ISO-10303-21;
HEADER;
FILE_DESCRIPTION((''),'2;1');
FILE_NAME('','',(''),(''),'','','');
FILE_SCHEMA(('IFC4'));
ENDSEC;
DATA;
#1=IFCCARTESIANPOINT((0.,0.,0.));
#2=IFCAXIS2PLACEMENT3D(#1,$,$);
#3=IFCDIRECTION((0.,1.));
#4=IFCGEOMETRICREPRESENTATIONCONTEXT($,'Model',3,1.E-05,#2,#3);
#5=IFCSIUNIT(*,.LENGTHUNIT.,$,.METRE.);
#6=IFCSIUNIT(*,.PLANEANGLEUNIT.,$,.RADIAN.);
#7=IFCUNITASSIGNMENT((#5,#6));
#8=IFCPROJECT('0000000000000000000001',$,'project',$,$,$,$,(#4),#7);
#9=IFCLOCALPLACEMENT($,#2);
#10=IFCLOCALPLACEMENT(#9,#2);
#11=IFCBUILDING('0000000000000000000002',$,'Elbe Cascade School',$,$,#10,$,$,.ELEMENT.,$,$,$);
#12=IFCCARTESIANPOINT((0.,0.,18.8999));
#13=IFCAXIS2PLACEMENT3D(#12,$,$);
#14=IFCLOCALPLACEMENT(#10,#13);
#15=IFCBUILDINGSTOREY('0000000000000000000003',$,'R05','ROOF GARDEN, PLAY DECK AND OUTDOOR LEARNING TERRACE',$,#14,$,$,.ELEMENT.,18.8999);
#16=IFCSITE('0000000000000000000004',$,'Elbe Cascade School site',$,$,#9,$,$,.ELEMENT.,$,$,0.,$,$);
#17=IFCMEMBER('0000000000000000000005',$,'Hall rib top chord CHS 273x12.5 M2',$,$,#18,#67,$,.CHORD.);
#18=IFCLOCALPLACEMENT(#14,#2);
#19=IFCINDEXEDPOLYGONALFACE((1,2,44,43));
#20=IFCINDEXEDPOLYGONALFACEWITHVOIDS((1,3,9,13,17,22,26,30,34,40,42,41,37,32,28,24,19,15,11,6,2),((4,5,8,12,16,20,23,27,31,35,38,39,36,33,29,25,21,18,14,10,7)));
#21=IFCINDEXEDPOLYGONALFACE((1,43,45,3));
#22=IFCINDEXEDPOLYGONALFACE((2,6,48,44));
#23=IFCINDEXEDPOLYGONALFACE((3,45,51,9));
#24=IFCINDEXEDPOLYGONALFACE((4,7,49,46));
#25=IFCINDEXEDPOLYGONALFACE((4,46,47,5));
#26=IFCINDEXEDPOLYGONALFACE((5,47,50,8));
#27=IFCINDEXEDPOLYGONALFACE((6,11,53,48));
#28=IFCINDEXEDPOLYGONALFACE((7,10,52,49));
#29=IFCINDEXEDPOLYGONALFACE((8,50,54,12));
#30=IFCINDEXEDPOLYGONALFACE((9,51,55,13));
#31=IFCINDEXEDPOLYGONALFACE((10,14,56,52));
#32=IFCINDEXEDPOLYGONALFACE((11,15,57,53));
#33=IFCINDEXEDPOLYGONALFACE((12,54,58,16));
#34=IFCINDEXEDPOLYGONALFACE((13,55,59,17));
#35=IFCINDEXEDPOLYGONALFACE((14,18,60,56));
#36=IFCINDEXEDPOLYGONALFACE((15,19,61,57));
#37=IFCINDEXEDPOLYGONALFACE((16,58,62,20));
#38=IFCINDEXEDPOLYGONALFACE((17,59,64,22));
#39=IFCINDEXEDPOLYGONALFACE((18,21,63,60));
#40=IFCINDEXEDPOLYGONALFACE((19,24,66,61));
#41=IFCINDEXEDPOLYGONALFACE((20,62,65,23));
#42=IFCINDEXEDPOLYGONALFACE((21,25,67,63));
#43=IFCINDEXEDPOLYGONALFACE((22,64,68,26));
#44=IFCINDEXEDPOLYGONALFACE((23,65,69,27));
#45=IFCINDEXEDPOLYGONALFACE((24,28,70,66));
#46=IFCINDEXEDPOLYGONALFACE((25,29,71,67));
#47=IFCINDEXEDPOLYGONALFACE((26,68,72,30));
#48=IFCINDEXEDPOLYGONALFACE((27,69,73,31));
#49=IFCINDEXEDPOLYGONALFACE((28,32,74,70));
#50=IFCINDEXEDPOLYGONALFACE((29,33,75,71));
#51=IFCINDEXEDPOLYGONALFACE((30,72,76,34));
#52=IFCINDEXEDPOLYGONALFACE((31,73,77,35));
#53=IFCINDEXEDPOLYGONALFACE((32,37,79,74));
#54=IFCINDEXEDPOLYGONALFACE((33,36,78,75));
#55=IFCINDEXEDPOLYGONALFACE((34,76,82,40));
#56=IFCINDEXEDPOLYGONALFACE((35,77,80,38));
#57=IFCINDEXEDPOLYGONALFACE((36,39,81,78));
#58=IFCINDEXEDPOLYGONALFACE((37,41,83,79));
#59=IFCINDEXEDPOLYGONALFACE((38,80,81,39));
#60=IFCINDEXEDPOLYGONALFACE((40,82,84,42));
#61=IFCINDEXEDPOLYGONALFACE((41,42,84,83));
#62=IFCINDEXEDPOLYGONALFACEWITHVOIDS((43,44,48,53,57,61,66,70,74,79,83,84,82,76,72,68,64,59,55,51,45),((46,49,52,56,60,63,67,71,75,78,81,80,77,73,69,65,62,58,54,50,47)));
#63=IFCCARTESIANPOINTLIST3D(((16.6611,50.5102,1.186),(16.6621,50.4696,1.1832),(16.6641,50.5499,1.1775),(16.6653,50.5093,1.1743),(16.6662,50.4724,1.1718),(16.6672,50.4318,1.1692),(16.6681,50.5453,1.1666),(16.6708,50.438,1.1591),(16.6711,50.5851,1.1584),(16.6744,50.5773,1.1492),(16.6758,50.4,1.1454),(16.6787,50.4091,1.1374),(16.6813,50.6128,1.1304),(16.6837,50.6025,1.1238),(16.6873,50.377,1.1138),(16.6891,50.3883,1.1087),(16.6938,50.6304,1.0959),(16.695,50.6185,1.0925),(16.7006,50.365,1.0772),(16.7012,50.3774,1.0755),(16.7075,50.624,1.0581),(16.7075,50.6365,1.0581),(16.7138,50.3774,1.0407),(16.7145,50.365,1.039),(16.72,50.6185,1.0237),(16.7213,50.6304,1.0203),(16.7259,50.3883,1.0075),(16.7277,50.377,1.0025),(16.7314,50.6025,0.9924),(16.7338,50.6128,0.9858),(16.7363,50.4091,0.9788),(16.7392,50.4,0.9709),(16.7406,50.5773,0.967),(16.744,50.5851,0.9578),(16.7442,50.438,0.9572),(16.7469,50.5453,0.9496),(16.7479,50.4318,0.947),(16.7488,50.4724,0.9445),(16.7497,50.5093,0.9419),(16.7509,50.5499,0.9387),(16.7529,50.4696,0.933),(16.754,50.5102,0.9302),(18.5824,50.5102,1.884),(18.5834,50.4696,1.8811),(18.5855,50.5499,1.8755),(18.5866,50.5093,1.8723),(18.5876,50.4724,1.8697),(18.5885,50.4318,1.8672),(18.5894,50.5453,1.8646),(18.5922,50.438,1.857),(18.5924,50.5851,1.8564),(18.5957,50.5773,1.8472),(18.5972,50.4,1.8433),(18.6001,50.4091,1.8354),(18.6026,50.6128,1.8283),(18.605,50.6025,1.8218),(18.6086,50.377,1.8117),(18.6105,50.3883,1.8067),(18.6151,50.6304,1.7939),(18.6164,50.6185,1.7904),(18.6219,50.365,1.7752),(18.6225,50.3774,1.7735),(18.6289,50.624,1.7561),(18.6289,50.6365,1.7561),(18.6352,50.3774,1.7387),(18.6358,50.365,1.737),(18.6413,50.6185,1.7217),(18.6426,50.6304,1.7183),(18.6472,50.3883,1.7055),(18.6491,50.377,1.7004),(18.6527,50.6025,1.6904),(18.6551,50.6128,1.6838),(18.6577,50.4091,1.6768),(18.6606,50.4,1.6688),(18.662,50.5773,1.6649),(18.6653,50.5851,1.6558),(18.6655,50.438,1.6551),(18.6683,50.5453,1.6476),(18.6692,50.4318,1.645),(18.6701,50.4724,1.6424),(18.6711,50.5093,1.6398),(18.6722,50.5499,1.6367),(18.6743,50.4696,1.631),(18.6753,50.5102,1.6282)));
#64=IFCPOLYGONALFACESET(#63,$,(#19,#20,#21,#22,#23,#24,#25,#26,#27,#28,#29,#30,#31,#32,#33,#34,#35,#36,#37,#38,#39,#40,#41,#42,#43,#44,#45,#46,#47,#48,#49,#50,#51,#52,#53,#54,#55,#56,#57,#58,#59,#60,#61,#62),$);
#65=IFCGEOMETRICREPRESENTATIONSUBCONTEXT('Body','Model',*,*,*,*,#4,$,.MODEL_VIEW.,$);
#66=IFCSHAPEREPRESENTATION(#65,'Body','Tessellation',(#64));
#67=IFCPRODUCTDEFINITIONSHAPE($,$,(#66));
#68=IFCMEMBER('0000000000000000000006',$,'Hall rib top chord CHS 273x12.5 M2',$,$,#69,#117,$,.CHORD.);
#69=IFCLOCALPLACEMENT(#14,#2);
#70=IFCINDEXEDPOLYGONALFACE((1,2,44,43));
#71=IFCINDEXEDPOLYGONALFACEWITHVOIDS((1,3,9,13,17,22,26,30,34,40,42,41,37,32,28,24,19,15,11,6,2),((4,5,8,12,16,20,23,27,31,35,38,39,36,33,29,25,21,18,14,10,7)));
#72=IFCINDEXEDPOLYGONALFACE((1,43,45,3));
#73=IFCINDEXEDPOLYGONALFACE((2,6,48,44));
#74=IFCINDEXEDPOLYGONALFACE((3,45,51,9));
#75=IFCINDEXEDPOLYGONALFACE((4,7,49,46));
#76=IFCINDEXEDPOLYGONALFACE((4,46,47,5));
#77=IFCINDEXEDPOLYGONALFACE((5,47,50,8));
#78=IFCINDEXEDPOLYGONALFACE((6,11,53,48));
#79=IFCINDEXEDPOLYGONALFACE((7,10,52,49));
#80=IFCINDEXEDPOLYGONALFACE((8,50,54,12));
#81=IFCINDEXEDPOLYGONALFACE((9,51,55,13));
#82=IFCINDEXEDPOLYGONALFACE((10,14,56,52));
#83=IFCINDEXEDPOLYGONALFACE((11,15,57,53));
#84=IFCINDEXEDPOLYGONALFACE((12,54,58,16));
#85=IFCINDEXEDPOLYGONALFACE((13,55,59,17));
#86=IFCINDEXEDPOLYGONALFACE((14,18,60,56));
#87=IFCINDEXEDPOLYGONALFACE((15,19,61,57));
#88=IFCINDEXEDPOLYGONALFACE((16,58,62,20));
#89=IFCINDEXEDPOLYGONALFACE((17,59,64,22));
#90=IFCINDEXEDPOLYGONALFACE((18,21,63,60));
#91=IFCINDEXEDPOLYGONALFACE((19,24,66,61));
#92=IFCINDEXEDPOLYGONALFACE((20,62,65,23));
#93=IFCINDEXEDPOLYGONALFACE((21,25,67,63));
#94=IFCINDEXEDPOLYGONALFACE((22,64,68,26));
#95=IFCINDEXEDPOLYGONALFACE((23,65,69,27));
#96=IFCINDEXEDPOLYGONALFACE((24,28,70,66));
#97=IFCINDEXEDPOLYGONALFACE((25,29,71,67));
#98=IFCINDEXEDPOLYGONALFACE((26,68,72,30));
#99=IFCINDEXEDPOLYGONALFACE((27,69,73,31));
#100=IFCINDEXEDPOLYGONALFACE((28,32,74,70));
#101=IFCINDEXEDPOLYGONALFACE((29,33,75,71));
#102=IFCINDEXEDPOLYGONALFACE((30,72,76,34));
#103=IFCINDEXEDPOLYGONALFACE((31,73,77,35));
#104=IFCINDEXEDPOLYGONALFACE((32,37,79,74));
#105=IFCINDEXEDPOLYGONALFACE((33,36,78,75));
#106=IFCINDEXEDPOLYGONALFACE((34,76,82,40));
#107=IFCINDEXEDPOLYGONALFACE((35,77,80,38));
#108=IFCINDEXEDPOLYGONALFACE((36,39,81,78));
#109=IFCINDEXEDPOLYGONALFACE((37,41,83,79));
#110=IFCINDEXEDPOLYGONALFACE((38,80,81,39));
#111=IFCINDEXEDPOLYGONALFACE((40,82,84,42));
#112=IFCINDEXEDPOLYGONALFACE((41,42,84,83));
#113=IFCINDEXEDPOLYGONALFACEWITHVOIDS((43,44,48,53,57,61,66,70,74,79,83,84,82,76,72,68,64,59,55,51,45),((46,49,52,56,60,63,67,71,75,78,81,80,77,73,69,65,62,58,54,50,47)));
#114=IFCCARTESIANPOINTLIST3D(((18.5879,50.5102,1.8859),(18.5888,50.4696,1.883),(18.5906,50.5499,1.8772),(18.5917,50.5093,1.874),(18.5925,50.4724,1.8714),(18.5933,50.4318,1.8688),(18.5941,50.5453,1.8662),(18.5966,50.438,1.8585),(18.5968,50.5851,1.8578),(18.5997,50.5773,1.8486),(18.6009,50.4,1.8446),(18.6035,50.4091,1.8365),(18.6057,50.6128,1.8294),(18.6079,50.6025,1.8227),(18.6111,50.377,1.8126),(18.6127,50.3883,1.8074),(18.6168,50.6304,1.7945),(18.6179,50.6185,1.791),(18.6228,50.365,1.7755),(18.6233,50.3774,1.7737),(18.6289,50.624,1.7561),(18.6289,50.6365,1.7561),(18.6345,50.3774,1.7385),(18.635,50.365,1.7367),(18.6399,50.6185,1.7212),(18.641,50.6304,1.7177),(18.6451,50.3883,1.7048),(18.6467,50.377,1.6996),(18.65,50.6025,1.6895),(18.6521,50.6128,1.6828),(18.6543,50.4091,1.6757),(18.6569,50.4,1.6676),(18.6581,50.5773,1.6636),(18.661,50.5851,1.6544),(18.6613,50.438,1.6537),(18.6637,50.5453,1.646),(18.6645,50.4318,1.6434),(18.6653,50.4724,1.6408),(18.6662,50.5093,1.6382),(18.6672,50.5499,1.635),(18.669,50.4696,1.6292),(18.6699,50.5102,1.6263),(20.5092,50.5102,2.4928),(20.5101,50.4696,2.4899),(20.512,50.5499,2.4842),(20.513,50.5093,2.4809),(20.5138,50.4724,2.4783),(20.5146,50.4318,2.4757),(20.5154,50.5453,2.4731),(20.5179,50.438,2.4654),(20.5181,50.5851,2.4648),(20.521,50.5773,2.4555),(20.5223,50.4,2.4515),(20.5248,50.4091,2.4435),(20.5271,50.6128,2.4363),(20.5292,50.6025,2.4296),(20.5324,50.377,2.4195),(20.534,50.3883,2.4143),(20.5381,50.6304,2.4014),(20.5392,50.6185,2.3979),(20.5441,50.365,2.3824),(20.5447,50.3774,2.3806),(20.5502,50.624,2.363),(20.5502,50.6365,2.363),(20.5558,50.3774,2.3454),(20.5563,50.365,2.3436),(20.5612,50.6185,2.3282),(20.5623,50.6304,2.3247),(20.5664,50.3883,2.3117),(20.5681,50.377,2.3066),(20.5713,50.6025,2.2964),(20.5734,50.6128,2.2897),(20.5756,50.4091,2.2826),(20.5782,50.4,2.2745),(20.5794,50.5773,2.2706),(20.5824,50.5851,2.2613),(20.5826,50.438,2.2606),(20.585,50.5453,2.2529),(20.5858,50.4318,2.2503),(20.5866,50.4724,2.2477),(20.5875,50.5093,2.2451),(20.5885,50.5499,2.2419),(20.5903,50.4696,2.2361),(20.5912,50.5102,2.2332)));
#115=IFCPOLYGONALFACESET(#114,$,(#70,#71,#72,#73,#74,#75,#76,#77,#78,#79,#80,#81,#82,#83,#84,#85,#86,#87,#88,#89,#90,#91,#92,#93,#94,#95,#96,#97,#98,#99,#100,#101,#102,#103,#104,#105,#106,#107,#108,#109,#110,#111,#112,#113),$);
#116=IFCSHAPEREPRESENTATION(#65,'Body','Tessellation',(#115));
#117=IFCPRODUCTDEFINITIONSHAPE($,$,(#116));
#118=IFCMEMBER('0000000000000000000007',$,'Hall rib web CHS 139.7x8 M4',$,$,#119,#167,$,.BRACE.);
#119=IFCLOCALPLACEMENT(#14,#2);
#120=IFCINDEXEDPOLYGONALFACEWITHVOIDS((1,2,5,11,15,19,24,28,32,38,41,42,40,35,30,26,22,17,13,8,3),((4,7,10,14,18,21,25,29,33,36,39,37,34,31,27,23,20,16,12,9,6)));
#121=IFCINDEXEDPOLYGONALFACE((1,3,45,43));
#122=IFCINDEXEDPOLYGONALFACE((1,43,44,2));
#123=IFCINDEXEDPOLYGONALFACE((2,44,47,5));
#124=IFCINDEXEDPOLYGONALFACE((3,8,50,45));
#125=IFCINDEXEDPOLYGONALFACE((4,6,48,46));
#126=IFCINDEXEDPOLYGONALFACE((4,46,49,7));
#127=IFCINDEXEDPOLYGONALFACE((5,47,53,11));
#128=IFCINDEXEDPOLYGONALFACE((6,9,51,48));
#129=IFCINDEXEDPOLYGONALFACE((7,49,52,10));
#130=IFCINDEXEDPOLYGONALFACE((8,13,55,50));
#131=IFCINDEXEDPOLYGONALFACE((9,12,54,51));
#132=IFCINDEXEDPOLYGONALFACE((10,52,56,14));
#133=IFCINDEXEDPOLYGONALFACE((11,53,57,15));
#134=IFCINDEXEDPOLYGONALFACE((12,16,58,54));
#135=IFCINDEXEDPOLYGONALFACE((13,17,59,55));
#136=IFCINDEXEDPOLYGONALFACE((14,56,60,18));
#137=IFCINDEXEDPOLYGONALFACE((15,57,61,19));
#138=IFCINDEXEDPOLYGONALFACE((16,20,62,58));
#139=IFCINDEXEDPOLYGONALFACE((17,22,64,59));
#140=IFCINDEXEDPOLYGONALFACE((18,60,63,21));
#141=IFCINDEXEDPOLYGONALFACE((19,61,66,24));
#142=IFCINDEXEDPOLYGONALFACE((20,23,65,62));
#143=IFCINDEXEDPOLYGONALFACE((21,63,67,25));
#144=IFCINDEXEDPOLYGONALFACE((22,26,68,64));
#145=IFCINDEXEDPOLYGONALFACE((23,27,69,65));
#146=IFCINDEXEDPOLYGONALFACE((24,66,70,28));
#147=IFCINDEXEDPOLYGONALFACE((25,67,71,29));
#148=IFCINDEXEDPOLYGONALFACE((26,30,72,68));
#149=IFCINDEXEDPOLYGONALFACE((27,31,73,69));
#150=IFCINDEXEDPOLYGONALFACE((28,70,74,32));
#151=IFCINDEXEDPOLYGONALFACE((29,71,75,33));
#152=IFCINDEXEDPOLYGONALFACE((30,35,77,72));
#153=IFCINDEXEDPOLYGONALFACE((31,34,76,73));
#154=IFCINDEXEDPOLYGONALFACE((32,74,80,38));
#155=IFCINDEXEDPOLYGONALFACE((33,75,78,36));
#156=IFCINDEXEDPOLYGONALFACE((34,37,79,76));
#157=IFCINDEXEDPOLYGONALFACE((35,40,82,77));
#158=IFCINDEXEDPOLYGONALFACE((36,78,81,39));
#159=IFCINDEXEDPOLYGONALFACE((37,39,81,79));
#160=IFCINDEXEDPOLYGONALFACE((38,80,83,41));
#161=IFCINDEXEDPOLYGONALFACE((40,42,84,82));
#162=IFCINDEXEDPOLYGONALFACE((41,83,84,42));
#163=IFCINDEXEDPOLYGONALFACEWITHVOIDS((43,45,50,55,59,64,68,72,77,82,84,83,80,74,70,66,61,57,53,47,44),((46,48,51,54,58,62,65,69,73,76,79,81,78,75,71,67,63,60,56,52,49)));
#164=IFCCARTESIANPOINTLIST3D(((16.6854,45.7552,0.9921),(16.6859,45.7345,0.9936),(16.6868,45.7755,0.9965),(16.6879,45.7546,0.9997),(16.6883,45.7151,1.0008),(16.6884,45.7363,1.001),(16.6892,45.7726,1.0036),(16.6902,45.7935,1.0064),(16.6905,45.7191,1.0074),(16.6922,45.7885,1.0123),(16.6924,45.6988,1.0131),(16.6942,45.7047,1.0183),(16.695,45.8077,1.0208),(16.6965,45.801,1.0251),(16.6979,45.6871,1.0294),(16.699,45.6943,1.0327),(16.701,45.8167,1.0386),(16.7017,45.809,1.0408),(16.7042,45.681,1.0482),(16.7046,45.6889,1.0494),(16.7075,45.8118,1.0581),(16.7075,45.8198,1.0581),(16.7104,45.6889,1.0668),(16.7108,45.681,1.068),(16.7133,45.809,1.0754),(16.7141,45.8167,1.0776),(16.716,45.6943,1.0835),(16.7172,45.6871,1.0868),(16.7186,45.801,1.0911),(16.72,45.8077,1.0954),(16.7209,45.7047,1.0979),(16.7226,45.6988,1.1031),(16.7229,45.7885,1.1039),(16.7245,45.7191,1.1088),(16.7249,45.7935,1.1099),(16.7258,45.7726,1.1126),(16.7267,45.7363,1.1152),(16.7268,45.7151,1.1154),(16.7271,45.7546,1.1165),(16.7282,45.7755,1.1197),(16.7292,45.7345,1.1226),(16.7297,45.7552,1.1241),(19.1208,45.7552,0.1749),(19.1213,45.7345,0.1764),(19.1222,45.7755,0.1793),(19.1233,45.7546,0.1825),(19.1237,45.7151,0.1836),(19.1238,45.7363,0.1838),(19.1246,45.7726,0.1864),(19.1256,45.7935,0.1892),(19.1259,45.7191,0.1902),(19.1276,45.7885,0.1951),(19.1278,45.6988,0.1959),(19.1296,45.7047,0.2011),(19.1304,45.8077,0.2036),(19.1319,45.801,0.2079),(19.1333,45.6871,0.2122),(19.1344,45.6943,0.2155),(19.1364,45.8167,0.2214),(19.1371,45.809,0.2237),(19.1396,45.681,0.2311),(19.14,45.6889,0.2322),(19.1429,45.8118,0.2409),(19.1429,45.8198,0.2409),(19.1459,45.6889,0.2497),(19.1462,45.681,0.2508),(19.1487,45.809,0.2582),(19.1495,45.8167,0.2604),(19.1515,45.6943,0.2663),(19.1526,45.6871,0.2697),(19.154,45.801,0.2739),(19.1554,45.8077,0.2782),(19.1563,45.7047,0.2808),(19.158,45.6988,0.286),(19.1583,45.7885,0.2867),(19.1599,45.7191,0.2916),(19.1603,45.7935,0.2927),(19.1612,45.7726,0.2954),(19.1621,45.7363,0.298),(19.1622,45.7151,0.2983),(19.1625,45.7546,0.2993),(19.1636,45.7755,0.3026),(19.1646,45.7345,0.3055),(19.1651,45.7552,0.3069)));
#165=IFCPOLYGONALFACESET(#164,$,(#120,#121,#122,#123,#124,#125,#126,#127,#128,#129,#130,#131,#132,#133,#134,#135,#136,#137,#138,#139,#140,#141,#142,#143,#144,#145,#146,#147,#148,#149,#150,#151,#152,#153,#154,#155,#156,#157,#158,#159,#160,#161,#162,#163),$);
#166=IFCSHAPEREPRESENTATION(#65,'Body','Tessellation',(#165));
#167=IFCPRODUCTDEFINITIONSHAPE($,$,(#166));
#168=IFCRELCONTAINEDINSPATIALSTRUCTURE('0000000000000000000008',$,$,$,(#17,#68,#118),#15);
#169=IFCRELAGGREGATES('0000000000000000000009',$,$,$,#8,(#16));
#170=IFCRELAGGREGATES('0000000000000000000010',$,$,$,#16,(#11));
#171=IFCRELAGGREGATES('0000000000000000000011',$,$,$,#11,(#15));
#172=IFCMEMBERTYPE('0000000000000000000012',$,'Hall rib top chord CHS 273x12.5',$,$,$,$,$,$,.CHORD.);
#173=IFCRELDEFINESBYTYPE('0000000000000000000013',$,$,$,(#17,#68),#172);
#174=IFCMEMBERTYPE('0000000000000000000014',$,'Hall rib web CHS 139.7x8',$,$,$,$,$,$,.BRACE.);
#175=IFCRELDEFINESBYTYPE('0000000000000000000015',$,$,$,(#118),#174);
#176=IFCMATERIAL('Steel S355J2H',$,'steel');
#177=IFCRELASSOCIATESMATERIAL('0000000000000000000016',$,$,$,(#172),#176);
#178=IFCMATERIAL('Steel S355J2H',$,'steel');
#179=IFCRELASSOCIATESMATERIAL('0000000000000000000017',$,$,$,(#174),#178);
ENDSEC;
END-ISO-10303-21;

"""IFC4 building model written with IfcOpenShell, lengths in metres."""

from ifc_helpers import new_model, si_unit, direction, frame, origin, origin_2d, place, context, subcontext, project, spatial, hollow_circle, extrude, material, material_profile, profile_set, type_object, element, save


model = new_model("IFC4")

# Units and contexts
model_context = context("Model", 3, precision=1e-05, world=origin(), true_north=direction((0.0, 1.0)))
body_context = subcontext(model_context, "Body", "Model", "MODEL_VIEW")
ifc_project = project(units=[si_unit("LENGTHUNIT", "METRE"), si_unit("PLANEANGLEUNIT", "RADIAN")], contexts=[model_context])

# Site, building, storey
site_placement = place(None, origin())
site = spatial("IfcSite", under=ifc_project, at=site_placement, Name="Elbe Cascade School site", CompositionType="ELEMENT", RefElevation=0.0)
building_placement = place(site_placement, origin())
building = spatial("IfcBuilding", under=site, at=building_placement, Name="Elbe Cascade School", CompositionType="ELEMENT")
storey_placement = place(building_placement, frame((0.0, 0.0, 18.8999)))
storey = spatial("IfcBuildingStorey", under=building, at=storey_placement, Name="R05", Description="ROOF GARDEN, PLAY DECK AND OUTDOOR LEARNING TERRACE", CompositionType="ELEMENT", Elevation=18.8999)

# Members
ifc_material_1 = material(Name="Steel S355J2H", Category="steel")
ifc_material_profile_1 = material_profile(ifc_material_1, hollow_circle(Radius=0.1365, WallThickness=0.0125, at=origin_2d()), Name="CHS 273x12.5")
ifc_profile_set_1 = profile_set([ifc_material_profile_1], Name="Steel S355J2H")
member_type_1 = type_object("IfcMemberType", Name="Hall rib top chord CHS 273x12.5", PredefinedType="CHORD", material=ifc_profile_set_1)
member_1_placement = place(storey_placement, frame((16.7075, 50.5, 1.0581), z_axis=(0.939901, 0.0, 0.341446), x_axis=(0.0, 1.0, 0.0)))
element("IfcMember", 1, at=member_1_placement, inside=storey, type_object=member_type_1, Name="Hall rib top chord CHS 273x12.5 M2", PredefinedType="CHORD", context=body_context, shape_type="SweptSolid", body=[
    extrude(hollow_circle(Radius=0.1365, WallThickness=0.0125, at=origin_2d()), origin(), (0.0, 0.0, 1.0), 2.0442),
])
member_2_placement = place(storey_placement, frame((18.6289, 50.5, 1.7561), z_axis=(0.953557, 0.0, 0.301213), x_axis=(0.0, 1.0, 0.0)))
element("IfcMember", 2, at=member_2_placement, inside=storey, type_object=member_type_1, Name="Hall rib top chord CHS 273x12.5 M2", PredefinedType="CHORD", context=body_context, shape_type="SweptSolid", body=[
    extrude(hollow_circle(Radius=0.1365, WallThickness=0.0125, at=origin_2d()), origin(), (0.0, 0.0, 1.0), 2.0149),
])
ifc_material_2 = material(Name="Steel S355J2H", Category="steel")
ifc_material_profile_2 = material_profile(ifc_material_2, hollow_circle(Radius=0.0698, WallThickness=0.0081, at=origin_2d()), Name="CHS 139.7x8")
ifc_profile_set_2 = profile_set([ifc_material_profile_2], Name="Steel S355J2H")
member_type_2 = type_object("IfcMemberType", Name="Hall rib web CHS 139.7x8", PredefinedType="BRACE", material=ifc_profile_set_2)
member_3_placement = place(storey_placement, frame((16.7075, 45.75, 1.0581), z_axis=(0.948054, 0.0, -0.318109), x_axis=(0.0, 1.0, 0.0)))
element("IfcMember", 3, at=member_3_placement, inside=storey, type_object=member_type_2, Name="Hall rib web CHS 139.7x8 M4", PredefinedType="BRACE", context=body_context, shape_type="SweptSolid", body=[
    extrude(hollow_circle(Radius=0.0698, WallThickness=0.0081, at=origin_2d()), origin(), (0.0, 0.0, 1.0), 2.5688),
])

save(model, "model.ifc")
